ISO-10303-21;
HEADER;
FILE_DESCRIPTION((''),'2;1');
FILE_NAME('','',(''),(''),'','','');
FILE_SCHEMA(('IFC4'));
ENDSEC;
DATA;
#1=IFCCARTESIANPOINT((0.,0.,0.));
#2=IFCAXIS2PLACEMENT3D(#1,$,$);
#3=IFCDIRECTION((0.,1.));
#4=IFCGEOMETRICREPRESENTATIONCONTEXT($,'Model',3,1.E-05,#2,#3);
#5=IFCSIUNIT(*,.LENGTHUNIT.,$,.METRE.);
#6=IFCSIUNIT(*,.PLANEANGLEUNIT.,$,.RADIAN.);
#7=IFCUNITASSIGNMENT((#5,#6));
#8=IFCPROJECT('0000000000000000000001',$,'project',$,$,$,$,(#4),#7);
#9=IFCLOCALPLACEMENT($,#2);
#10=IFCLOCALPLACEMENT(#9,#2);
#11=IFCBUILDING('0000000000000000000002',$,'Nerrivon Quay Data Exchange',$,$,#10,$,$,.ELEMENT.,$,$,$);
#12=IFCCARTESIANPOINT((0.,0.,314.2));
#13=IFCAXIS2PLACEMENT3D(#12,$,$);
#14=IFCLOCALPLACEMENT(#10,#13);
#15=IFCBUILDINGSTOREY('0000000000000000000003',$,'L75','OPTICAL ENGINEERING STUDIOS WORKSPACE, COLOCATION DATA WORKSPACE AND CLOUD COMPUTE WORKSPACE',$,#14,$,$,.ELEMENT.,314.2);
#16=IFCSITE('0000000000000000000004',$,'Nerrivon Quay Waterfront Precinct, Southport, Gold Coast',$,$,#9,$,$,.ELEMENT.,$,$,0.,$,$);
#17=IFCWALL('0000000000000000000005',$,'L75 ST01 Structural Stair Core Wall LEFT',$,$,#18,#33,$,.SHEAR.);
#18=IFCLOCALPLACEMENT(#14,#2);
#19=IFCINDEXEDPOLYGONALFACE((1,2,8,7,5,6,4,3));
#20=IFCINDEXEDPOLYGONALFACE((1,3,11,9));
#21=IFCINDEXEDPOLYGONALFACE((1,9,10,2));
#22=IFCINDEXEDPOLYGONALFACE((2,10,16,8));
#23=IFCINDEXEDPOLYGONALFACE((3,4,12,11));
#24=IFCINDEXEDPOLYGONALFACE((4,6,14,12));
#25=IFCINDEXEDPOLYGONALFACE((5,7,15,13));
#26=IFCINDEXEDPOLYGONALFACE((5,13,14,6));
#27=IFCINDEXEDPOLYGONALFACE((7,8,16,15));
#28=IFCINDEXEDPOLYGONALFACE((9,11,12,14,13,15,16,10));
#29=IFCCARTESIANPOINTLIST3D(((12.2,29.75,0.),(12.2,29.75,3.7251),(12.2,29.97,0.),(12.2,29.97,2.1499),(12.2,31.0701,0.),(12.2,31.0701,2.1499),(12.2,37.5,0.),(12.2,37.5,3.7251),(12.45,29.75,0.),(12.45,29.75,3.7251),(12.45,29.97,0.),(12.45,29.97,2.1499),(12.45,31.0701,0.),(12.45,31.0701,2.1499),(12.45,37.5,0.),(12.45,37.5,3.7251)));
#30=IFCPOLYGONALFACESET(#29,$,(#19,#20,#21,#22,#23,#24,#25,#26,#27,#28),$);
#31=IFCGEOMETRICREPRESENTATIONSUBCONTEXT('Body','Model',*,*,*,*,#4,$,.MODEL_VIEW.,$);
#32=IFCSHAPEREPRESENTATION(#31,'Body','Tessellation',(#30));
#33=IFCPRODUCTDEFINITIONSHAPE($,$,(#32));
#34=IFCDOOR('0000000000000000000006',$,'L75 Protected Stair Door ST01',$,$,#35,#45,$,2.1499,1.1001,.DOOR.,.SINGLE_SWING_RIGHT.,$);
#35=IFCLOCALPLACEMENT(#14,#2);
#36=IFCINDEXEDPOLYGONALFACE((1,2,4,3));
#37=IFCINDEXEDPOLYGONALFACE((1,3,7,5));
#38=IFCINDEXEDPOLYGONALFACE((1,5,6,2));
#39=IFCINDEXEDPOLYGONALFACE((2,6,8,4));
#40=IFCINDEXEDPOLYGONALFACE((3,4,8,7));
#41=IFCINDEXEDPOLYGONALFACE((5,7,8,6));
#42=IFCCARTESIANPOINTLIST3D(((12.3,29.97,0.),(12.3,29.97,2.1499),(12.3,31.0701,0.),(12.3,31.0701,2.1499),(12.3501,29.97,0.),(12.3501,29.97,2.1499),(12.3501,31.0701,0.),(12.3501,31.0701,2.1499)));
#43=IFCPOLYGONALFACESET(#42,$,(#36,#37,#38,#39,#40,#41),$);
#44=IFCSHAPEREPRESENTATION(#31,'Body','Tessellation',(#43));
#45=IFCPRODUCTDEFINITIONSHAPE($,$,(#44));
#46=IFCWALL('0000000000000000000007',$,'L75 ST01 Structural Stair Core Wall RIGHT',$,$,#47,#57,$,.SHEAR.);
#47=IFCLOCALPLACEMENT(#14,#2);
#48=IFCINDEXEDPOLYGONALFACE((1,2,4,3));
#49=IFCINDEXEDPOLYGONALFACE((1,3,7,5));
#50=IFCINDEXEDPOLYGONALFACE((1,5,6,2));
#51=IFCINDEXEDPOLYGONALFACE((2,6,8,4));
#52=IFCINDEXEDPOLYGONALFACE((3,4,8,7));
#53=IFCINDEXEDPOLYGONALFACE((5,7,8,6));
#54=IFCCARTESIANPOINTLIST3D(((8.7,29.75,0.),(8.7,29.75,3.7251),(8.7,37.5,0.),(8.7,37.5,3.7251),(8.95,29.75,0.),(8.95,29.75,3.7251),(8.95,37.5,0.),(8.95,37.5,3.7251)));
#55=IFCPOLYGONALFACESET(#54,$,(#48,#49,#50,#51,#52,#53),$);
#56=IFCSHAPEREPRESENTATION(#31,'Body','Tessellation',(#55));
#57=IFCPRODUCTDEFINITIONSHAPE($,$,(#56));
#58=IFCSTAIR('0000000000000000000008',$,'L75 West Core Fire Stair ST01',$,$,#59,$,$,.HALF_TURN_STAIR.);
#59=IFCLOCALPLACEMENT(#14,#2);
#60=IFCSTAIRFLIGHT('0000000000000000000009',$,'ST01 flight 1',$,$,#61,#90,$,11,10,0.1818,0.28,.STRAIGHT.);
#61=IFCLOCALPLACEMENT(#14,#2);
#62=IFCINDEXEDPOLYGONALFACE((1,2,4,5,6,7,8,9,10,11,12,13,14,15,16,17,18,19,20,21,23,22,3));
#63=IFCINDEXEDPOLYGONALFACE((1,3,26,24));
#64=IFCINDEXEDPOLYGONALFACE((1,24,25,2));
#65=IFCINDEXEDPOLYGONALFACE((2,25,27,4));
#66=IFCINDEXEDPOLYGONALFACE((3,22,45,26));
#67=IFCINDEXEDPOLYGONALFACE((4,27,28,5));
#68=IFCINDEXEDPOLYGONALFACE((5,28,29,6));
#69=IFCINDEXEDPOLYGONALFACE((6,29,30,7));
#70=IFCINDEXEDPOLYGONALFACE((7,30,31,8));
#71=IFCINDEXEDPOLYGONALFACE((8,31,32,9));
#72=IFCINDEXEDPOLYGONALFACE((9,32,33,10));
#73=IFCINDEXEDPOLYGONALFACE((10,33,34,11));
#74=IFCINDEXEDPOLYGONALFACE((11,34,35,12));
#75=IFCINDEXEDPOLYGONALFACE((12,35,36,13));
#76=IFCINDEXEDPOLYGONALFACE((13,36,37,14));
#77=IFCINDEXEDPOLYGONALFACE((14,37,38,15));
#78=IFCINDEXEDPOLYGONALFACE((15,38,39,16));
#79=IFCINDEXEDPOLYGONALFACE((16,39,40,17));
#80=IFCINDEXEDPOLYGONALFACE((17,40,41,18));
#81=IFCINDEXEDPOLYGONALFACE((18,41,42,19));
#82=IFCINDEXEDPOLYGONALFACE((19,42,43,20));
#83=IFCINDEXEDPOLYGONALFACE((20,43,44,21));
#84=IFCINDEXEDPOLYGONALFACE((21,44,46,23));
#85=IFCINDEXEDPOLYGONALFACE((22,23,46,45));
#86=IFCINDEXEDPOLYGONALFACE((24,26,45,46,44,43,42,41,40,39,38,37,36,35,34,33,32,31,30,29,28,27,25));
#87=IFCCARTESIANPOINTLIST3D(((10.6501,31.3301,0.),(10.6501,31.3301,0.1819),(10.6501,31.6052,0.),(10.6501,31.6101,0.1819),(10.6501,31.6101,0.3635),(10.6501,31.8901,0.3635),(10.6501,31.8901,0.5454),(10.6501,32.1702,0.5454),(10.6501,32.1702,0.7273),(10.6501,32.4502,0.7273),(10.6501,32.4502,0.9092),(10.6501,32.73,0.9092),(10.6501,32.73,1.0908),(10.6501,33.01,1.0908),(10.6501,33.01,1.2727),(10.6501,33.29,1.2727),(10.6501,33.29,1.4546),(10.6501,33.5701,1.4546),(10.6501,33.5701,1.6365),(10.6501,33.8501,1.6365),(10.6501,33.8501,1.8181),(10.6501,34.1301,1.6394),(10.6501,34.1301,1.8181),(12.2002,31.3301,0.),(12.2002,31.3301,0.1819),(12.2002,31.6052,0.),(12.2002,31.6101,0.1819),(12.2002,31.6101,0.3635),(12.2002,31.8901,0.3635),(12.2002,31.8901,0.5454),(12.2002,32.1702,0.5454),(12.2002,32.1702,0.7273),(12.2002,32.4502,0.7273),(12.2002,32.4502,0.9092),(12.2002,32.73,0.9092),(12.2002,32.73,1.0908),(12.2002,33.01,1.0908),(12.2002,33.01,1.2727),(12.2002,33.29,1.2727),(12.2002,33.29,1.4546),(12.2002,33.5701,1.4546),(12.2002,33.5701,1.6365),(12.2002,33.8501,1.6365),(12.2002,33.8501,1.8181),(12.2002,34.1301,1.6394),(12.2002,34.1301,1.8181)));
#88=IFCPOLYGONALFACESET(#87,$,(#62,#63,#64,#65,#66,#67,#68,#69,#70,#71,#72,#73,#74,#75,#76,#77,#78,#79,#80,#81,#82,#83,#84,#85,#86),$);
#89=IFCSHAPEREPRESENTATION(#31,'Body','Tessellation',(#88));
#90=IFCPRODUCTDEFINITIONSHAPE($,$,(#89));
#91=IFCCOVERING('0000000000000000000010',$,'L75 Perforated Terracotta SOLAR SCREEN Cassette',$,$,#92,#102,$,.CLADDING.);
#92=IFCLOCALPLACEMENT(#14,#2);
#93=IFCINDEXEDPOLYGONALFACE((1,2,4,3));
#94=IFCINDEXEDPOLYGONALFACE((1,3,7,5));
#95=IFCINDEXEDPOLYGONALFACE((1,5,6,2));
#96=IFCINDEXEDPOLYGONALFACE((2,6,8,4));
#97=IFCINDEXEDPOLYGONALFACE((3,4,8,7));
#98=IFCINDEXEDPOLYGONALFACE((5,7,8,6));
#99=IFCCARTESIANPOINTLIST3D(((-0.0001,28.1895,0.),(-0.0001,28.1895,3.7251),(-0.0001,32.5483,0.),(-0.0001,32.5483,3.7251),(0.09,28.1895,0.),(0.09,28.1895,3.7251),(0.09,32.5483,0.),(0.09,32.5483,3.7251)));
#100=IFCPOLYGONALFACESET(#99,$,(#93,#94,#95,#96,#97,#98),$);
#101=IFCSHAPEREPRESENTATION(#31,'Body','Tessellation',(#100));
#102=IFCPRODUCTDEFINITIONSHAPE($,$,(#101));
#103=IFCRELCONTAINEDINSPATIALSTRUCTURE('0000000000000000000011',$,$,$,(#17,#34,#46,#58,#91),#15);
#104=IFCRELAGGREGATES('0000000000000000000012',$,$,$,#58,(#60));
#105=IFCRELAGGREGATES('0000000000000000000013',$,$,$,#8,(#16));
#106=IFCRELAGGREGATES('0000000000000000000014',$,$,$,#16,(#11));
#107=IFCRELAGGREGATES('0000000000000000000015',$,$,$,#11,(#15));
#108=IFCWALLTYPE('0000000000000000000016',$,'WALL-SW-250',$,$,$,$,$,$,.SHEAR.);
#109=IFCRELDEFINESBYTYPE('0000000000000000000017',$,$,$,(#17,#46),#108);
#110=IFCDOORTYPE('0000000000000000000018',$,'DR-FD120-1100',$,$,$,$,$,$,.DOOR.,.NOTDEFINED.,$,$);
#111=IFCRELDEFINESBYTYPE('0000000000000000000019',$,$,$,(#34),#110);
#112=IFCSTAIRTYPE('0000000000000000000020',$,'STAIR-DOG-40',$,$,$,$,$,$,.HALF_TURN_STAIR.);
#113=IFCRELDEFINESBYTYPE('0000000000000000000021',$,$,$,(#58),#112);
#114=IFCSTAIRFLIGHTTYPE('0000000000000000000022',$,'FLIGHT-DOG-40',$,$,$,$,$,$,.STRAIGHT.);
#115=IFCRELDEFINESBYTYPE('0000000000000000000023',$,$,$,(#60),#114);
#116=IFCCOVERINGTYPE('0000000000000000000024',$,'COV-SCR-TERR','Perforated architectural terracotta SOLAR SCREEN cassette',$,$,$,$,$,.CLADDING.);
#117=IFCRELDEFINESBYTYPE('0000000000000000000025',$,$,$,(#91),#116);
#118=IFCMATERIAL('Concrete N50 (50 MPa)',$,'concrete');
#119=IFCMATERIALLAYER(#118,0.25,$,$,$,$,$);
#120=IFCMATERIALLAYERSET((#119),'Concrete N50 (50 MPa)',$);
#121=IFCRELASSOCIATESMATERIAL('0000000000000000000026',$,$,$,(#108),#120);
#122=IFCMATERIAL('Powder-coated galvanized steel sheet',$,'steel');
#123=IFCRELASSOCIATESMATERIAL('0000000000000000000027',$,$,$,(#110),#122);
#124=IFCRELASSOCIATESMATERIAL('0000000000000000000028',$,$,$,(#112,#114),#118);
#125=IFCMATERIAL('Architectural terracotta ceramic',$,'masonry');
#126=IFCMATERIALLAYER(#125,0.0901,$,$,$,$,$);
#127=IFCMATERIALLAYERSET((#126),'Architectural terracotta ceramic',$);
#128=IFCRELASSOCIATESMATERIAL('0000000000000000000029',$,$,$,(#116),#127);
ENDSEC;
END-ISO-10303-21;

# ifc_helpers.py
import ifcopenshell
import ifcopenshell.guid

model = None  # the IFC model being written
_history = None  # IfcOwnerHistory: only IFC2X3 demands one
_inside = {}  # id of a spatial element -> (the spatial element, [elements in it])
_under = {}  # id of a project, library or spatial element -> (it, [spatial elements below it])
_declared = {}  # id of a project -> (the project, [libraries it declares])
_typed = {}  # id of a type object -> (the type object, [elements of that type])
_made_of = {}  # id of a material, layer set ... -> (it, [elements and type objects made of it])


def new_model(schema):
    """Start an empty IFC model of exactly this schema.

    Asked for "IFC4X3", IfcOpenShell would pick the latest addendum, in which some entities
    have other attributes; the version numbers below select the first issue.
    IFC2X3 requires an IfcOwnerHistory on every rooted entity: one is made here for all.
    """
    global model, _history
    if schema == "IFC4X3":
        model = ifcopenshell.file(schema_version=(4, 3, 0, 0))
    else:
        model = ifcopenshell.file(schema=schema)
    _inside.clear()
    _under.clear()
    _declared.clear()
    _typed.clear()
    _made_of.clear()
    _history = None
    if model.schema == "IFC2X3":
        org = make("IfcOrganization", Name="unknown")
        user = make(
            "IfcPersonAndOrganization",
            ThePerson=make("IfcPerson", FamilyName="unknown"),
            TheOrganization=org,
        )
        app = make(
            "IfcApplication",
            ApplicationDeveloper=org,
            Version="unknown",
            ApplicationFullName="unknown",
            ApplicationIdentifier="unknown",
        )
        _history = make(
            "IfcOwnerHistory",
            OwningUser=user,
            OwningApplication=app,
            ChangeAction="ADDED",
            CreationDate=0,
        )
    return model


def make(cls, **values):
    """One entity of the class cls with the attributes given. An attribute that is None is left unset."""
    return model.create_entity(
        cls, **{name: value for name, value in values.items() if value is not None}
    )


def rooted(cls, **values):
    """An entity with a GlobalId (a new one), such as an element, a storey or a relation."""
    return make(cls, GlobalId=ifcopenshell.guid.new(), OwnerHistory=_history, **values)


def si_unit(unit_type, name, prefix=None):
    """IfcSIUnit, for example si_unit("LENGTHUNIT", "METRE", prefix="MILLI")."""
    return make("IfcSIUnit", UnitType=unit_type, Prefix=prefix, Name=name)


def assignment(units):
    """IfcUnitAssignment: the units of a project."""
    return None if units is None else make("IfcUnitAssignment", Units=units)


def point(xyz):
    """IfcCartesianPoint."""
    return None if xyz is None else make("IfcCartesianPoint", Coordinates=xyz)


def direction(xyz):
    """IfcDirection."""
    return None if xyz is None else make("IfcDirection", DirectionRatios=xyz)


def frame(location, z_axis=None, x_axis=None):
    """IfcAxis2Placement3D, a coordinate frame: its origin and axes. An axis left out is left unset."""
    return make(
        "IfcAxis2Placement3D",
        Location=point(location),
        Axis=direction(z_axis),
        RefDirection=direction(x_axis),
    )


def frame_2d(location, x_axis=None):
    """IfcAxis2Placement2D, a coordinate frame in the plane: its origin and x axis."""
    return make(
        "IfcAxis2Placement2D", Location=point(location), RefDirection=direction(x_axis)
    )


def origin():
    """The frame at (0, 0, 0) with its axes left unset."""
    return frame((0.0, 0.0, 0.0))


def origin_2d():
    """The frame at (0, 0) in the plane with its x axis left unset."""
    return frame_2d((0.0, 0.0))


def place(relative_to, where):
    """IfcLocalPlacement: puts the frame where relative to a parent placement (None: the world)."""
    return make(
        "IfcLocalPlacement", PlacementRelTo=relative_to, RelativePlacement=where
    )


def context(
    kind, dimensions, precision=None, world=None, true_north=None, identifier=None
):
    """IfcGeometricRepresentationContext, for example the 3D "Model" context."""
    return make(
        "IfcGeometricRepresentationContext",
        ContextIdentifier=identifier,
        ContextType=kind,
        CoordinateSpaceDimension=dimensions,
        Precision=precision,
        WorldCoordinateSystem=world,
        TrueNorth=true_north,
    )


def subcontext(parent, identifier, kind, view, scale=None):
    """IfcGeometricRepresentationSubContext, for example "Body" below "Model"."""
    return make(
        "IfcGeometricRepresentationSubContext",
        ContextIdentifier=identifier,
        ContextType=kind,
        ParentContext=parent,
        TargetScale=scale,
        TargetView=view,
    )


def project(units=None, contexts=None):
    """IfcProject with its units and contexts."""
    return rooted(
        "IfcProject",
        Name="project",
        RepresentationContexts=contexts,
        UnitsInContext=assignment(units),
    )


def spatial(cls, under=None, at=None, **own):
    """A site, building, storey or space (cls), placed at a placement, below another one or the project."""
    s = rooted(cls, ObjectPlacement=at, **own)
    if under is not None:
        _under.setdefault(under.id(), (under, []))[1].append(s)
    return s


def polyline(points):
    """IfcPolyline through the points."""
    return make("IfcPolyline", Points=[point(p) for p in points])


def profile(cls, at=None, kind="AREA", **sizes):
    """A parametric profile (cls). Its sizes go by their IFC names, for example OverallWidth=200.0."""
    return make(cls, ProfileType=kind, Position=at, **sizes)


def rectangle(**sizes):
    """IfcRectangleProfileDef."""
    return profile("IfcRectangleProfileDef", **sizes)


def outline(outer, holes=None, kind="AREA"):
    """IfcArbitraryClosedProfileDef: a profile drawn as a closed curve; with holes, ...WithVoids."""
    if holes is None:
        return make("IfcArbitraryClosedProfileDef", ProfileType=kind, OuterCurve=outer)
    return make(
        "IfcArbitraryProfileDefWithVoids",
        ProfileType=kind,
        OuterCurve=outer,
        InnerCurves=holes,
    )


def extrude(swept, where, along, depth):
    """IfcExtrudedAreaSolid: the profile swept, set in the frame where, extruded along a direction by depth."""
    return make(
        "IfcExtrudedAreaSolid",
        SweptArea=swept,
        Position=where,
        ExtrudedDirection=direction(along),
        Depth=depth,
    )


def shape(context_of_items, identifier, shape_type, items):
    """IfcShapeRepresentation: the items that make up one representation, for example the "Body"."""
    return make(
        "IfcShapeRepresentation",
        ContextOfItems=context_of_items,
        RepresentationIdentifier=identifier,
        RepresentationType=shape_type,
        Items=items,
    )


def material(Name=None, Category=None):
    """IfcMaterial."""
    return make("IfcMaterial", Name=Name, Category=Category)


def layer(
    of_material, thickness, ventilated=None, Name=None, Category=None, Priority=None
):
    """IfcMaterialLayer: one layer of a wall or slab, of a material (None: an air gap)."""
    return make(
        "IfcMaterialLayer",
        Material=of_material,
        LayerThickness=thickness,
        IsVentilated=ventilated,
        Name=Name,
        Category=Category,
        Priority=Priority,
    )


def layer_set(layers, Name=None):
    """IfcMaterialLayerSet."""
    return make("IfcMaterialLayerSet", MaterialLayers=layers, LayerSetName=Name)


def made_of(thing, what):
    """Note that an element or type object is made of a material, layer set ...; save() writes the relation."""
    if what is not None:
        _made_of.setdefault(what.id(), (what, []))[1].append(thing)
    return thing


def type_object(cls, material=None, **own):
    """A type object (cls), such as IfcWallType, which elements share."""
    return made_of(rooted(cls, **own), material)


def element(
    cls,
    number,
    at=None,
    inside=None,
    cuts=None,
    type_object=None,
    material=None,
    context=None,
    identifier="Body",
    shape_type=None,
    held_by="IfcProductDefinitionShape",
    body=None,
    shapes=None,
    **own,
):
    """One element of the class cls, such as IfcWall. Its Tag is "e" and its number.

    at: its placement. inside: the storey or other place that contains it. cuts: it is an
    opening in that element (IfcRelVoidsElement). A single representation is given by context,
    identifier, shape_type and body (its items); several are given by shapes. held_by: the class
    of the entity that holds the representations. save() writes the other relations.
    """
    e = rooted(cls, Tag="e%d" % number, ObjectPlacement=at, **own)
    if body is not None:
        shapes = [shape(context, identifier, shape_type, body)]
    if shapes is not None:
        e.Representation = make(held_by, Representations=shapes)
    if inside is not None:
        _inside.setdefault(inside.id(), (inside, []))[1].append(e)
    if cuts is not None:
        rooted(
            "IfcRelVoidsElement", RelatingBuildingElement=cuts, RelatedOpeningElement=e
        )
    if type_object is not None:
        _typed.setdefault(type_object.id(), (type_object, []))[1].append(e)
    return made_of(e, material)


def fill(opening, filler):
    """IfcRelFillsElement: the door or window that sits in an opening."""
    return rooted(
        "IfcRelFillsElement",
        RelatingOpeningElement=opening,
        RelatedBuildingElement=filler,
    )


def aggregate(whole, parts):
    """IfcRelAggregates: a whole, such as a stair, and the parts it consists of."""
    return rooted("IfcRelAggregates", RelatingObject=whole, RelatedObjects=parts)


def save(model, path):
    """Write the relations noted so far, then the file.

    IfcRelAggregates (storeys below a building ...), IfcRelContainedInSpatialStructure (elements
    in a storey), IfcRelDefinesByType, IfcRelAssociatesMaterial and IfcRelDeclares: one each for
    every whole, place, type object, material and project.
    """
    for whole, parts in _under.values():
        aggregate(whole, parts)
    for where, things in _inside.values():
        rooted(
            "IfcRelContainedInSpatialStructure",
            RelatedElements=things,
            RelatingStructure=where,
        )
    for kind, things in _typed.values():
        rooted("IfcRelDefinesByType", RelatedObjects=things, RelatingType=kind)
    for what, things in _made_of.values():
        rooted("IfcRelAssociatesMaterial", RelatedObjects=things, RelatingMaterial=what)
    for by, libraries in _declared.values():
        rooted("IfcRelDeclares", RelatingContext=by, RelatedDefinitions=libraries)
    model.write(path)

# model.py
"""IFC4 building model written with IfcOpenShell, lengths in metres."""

from ifc_helpers import new_model, si_unit, direction, frame, frame_2d, origin, origin_2d, place, context, subcontext, project, spatial, polyline, rectangle, outline, extrude, material, layer, layer_set, type_object, element, fill, aggregate, save


model = new_model("IFC4")

# Units and contexts
model_context = context("Model", 3, precision=1e-05, world=origin(), true_north=direction((0.0, 1.0)))
body_context = subcontext(model_context, "Body", "Model", "MODEL_VIEW")
ifc_project = project(units=[si_unit("LENGTHUNIT", "METRE"), si_unit("PLANEANGLEUNIT", "RADIAN")], contexts=[model_context])

# Site, building, storey
site_placement = place(None, origin())
site = spatial("IfcSite", under=ifc_project, at=site_placement, Name="Nerrivon Quay Waterfront Precinct, Southport, Gold Coast", CompositionType="ELEMENT", RefElevation=0.0)
building_placement = place(site_placement, origin())
building = spatial("IfcBuilding", under=site, at=building_placement, Name="Nerrivon Quay Data Exchange", CompositionType="ELEMENT")
storey_placement = place(building_placement, frame((0.0, 0.0, 314.2)))
storey = spatial("IfcBuildingStorey", under=building, at=storey_placement, Name="L75", Description="OPTICAL ENGINEERING STUDIOS WORKSPACE, COLOCATION DATA WORKSPACE AND CLOUD COMPUTE WORKSPACE", CompositionType="ELEMENT", Elevation=314.2)

# Shared definitions
ifc_material_1 = material(Name="Concrete N50 (50 MPa)", Category="concrete")

# Shared definitions
ifc_material_2 = material(Name="Powder-coated galvanized steel sheet", Category="steel")

# Shared definitions
ifc_layer_1 = layer(ifc_material_1, 0.25)
ifc_layer_set_1 = layer_set([ifc_layer_1], Name="Concrete N50 (50 MPa)")
wall_type_1 = type_object("IfcWallType", Name="WALL-SW-250", PredefinedType="SHEAR", material=ifc_layer_set_1)

# Wall, opening, door
wall_1_placement = place(storey_placement, frame((12.325, 29.75, 0.0), z_axis=(0.0, 0.0, 1.0), x_axis=(0.0, 1.0, 0.0)))
wall_1 = element("IfcWall", 1, at=wall_1_placement, inside=storey, type_object=wall_type_1, Name="L75 ST01 Structural Stair Core Wall LEFT", PredefinedType="SHEAR", context=body_context, shape_type="SweptSolid", body=[
    extrude(rectangle(XDim=7.75, YDim=0.25, at=frame_2d((3.875, 0.0))), origin(), (0.0, 0.0, 1.0), 3.7251),
])
opening_1_placement = place(wall_1_placement, frame((0.22, 0.0, 0.0)))
opening_1 = element("IfcOpeningElement", 2, at=opening_1_placement, cuts=wall_1, PredefinedType="OPENING", context=body_context, shape_type="SweptSolid", body=[
    extrude(rectangle(XDim=1.1001, YDim=2.1499, at=frame_2d((0.55, 1.075))), frame((0.0, 0.135, 0.0), z_axis=(0.0, -1.0, 0.0), x_axis=(1.0, 0.0, 0.0)), (0.0, 0.0, 1.0), 0.27),
])
door_type_1 = type_object("IfcDoorType", Name="DR-FD120-1100", OperationType="NOTDEFINED", PredefinedType="DOOR", material=ifc_material_2)
door_1_placement = place(opening_1_placement, origin())
door_1 = element("IfcDoor", 3, at=door_1_placement, inside=storey, type_object=door_type_1, Name="L75 Protected Stair Door ST01", OperationType="SINGLE_SWING_RIGHT", OverallHeight=2.1499, OverallWidth=1.1001, PredefinedType="DOOR", context=body_context, shape_type="SweptSolid", body=[
    extrude(rectangle(XDim=1.1001, YDim=2.1499, at=frame_2d((0.55, 1.075))), frame((0.0, 0.0249, 0.0), z_axis=(0.0, -1.0, 0.0), x_axis=(1.0, 0.0, 0.0)), (0.0, 0.0, 1.0), 0.05),
])
fill(opening_1, door_1)

# Wall
wall_2_placement = place(storey_placement, frame((8.825, 29.75, 0.0), z_axis=(0.0, 0.0, 1.0), x_axis=(0.0, 1.0, 0.0)))
element("IfcWall", 4, at=wall_2_placement, inside=storey, type_object=wall_type_1, Name="L75 ST01 Structural Stair Core Wall RIGHT", PredefinedType="SHEAR", context=body_context, shape_type="SweptSolid", body=[
    extrude(rectangle(XDim=7.75, YDim=0.25, at=frame_2d((3.875, 0.0))), origin(), (0.0, 0.0, 1.0), 3.7251),
])

# Stair, stair flight
stair_type = type_object("IfcStairType", Name="STAIR-DOG-40", PredefinedType="HALF_TURN_STAIR", material=ifc_material_1)
stair_placement = place(storey_placement, origin())
stair = element("IfcStair", 5, at=stair_placement, inside=storey, type_object=stair_type, Name="L75 West Core Fire Stair ST01", PredefinedType="HALF_TURN_STAIR")
stair_flight_type = type_object("IfcStairFlightType", Name="FLIGHT-DOG-40", PredefinedType="STRAIGHT", material=ifc_material_1)
stair_flight_placement = place(storey_placement, frame((11.425, 31.3301, 0.0), z_axis=(0.0, 0.0, 1.0), x_axis=(0.0, 1.0, 0.0)))
stair_flight = element("IfcStairFlight", 6, at=stair_flight_placement, type_object=stair_flight_type, Name="ST01 flight 1", NumberOfRisers=11, NumberOfTreads=10, PredefinedType="STRAIGHT", RiserHeight=0.1818, TreadLength=0.28, context=body_context, shape_type="SweptSolid", body=[
    extrude(outline(polyline([(0.0, 0.0), (0.0, 0.1819), (0.28, 0.1819), (0.28, 0.3635), (0.5601, 0.3635), (0.5601, 0.5454), (0.8401, 0.5454), (0.8401, 0.7273), (1.1201, 0.7273), (1.1201, 0.9092), (1.3999, 0.9092), (1.3999, 1.0908), (1.6799, 1.0908), (1.6799, 1.2727), (1.96, 1.2727), (1.96, 1.4546), (2.24, 1.4546), (2.24, 1.6365), (2.52, 1.6365), (2.52, 1.8181), (2.8, 1.8181), (2.8, 2.0), (2.8, 1.6394), (0.2751, 0.0), (0.0, 0.0)])), frame((0.0, 0.7749, 0.0), z_axis=(0.0, -1.0, 0.0), x_axis=(1.0, 0.0, 0.0)), (0.0, 0.0, 1.0), 1.55),
])
aggregate(stair, [stair_flight])

# Covering
ifc_material_3 = material(Name="Architectural terracotta ceramic", Category="masonry")
ifc_layer_2 = layer(ifc_material_3, 0.0901)
ifc_layer_set_2 = layer_set([ifc_layer_2], Name="Architectural terracotta ceramic")
covering_type = type_object("IfcCoveringType", Name="COV-SCR-TERR", Description="Perforated architectural terracotta SOLAR SCREEN cassette", PredefinedType="CLADDING", material=ifc_layer_set_2)
covering_placement = place(storey_placement, frame((0.0449, 30.3689, 0.0), z_axis=(0.0, 0.0, 1.0), x_axis=(0.0, 1.0, 0.0)))
element("IfcCovering", 7, at=covering_placement, inside=storey, type_object=covering_type, Name="L75 Perforated Terracotta SOLAR SCREEN Cassette", PredefinedType="CLADDING", context=body_context, shape_type="SweptSolid", body=[
    extrude(rectangle(XDim=4.3589, YDim=0.0901, at=origin_2d()), origin(), (0.0, 0.0, 1.0), 3.7251),
])

save(model, "model.ifc")
